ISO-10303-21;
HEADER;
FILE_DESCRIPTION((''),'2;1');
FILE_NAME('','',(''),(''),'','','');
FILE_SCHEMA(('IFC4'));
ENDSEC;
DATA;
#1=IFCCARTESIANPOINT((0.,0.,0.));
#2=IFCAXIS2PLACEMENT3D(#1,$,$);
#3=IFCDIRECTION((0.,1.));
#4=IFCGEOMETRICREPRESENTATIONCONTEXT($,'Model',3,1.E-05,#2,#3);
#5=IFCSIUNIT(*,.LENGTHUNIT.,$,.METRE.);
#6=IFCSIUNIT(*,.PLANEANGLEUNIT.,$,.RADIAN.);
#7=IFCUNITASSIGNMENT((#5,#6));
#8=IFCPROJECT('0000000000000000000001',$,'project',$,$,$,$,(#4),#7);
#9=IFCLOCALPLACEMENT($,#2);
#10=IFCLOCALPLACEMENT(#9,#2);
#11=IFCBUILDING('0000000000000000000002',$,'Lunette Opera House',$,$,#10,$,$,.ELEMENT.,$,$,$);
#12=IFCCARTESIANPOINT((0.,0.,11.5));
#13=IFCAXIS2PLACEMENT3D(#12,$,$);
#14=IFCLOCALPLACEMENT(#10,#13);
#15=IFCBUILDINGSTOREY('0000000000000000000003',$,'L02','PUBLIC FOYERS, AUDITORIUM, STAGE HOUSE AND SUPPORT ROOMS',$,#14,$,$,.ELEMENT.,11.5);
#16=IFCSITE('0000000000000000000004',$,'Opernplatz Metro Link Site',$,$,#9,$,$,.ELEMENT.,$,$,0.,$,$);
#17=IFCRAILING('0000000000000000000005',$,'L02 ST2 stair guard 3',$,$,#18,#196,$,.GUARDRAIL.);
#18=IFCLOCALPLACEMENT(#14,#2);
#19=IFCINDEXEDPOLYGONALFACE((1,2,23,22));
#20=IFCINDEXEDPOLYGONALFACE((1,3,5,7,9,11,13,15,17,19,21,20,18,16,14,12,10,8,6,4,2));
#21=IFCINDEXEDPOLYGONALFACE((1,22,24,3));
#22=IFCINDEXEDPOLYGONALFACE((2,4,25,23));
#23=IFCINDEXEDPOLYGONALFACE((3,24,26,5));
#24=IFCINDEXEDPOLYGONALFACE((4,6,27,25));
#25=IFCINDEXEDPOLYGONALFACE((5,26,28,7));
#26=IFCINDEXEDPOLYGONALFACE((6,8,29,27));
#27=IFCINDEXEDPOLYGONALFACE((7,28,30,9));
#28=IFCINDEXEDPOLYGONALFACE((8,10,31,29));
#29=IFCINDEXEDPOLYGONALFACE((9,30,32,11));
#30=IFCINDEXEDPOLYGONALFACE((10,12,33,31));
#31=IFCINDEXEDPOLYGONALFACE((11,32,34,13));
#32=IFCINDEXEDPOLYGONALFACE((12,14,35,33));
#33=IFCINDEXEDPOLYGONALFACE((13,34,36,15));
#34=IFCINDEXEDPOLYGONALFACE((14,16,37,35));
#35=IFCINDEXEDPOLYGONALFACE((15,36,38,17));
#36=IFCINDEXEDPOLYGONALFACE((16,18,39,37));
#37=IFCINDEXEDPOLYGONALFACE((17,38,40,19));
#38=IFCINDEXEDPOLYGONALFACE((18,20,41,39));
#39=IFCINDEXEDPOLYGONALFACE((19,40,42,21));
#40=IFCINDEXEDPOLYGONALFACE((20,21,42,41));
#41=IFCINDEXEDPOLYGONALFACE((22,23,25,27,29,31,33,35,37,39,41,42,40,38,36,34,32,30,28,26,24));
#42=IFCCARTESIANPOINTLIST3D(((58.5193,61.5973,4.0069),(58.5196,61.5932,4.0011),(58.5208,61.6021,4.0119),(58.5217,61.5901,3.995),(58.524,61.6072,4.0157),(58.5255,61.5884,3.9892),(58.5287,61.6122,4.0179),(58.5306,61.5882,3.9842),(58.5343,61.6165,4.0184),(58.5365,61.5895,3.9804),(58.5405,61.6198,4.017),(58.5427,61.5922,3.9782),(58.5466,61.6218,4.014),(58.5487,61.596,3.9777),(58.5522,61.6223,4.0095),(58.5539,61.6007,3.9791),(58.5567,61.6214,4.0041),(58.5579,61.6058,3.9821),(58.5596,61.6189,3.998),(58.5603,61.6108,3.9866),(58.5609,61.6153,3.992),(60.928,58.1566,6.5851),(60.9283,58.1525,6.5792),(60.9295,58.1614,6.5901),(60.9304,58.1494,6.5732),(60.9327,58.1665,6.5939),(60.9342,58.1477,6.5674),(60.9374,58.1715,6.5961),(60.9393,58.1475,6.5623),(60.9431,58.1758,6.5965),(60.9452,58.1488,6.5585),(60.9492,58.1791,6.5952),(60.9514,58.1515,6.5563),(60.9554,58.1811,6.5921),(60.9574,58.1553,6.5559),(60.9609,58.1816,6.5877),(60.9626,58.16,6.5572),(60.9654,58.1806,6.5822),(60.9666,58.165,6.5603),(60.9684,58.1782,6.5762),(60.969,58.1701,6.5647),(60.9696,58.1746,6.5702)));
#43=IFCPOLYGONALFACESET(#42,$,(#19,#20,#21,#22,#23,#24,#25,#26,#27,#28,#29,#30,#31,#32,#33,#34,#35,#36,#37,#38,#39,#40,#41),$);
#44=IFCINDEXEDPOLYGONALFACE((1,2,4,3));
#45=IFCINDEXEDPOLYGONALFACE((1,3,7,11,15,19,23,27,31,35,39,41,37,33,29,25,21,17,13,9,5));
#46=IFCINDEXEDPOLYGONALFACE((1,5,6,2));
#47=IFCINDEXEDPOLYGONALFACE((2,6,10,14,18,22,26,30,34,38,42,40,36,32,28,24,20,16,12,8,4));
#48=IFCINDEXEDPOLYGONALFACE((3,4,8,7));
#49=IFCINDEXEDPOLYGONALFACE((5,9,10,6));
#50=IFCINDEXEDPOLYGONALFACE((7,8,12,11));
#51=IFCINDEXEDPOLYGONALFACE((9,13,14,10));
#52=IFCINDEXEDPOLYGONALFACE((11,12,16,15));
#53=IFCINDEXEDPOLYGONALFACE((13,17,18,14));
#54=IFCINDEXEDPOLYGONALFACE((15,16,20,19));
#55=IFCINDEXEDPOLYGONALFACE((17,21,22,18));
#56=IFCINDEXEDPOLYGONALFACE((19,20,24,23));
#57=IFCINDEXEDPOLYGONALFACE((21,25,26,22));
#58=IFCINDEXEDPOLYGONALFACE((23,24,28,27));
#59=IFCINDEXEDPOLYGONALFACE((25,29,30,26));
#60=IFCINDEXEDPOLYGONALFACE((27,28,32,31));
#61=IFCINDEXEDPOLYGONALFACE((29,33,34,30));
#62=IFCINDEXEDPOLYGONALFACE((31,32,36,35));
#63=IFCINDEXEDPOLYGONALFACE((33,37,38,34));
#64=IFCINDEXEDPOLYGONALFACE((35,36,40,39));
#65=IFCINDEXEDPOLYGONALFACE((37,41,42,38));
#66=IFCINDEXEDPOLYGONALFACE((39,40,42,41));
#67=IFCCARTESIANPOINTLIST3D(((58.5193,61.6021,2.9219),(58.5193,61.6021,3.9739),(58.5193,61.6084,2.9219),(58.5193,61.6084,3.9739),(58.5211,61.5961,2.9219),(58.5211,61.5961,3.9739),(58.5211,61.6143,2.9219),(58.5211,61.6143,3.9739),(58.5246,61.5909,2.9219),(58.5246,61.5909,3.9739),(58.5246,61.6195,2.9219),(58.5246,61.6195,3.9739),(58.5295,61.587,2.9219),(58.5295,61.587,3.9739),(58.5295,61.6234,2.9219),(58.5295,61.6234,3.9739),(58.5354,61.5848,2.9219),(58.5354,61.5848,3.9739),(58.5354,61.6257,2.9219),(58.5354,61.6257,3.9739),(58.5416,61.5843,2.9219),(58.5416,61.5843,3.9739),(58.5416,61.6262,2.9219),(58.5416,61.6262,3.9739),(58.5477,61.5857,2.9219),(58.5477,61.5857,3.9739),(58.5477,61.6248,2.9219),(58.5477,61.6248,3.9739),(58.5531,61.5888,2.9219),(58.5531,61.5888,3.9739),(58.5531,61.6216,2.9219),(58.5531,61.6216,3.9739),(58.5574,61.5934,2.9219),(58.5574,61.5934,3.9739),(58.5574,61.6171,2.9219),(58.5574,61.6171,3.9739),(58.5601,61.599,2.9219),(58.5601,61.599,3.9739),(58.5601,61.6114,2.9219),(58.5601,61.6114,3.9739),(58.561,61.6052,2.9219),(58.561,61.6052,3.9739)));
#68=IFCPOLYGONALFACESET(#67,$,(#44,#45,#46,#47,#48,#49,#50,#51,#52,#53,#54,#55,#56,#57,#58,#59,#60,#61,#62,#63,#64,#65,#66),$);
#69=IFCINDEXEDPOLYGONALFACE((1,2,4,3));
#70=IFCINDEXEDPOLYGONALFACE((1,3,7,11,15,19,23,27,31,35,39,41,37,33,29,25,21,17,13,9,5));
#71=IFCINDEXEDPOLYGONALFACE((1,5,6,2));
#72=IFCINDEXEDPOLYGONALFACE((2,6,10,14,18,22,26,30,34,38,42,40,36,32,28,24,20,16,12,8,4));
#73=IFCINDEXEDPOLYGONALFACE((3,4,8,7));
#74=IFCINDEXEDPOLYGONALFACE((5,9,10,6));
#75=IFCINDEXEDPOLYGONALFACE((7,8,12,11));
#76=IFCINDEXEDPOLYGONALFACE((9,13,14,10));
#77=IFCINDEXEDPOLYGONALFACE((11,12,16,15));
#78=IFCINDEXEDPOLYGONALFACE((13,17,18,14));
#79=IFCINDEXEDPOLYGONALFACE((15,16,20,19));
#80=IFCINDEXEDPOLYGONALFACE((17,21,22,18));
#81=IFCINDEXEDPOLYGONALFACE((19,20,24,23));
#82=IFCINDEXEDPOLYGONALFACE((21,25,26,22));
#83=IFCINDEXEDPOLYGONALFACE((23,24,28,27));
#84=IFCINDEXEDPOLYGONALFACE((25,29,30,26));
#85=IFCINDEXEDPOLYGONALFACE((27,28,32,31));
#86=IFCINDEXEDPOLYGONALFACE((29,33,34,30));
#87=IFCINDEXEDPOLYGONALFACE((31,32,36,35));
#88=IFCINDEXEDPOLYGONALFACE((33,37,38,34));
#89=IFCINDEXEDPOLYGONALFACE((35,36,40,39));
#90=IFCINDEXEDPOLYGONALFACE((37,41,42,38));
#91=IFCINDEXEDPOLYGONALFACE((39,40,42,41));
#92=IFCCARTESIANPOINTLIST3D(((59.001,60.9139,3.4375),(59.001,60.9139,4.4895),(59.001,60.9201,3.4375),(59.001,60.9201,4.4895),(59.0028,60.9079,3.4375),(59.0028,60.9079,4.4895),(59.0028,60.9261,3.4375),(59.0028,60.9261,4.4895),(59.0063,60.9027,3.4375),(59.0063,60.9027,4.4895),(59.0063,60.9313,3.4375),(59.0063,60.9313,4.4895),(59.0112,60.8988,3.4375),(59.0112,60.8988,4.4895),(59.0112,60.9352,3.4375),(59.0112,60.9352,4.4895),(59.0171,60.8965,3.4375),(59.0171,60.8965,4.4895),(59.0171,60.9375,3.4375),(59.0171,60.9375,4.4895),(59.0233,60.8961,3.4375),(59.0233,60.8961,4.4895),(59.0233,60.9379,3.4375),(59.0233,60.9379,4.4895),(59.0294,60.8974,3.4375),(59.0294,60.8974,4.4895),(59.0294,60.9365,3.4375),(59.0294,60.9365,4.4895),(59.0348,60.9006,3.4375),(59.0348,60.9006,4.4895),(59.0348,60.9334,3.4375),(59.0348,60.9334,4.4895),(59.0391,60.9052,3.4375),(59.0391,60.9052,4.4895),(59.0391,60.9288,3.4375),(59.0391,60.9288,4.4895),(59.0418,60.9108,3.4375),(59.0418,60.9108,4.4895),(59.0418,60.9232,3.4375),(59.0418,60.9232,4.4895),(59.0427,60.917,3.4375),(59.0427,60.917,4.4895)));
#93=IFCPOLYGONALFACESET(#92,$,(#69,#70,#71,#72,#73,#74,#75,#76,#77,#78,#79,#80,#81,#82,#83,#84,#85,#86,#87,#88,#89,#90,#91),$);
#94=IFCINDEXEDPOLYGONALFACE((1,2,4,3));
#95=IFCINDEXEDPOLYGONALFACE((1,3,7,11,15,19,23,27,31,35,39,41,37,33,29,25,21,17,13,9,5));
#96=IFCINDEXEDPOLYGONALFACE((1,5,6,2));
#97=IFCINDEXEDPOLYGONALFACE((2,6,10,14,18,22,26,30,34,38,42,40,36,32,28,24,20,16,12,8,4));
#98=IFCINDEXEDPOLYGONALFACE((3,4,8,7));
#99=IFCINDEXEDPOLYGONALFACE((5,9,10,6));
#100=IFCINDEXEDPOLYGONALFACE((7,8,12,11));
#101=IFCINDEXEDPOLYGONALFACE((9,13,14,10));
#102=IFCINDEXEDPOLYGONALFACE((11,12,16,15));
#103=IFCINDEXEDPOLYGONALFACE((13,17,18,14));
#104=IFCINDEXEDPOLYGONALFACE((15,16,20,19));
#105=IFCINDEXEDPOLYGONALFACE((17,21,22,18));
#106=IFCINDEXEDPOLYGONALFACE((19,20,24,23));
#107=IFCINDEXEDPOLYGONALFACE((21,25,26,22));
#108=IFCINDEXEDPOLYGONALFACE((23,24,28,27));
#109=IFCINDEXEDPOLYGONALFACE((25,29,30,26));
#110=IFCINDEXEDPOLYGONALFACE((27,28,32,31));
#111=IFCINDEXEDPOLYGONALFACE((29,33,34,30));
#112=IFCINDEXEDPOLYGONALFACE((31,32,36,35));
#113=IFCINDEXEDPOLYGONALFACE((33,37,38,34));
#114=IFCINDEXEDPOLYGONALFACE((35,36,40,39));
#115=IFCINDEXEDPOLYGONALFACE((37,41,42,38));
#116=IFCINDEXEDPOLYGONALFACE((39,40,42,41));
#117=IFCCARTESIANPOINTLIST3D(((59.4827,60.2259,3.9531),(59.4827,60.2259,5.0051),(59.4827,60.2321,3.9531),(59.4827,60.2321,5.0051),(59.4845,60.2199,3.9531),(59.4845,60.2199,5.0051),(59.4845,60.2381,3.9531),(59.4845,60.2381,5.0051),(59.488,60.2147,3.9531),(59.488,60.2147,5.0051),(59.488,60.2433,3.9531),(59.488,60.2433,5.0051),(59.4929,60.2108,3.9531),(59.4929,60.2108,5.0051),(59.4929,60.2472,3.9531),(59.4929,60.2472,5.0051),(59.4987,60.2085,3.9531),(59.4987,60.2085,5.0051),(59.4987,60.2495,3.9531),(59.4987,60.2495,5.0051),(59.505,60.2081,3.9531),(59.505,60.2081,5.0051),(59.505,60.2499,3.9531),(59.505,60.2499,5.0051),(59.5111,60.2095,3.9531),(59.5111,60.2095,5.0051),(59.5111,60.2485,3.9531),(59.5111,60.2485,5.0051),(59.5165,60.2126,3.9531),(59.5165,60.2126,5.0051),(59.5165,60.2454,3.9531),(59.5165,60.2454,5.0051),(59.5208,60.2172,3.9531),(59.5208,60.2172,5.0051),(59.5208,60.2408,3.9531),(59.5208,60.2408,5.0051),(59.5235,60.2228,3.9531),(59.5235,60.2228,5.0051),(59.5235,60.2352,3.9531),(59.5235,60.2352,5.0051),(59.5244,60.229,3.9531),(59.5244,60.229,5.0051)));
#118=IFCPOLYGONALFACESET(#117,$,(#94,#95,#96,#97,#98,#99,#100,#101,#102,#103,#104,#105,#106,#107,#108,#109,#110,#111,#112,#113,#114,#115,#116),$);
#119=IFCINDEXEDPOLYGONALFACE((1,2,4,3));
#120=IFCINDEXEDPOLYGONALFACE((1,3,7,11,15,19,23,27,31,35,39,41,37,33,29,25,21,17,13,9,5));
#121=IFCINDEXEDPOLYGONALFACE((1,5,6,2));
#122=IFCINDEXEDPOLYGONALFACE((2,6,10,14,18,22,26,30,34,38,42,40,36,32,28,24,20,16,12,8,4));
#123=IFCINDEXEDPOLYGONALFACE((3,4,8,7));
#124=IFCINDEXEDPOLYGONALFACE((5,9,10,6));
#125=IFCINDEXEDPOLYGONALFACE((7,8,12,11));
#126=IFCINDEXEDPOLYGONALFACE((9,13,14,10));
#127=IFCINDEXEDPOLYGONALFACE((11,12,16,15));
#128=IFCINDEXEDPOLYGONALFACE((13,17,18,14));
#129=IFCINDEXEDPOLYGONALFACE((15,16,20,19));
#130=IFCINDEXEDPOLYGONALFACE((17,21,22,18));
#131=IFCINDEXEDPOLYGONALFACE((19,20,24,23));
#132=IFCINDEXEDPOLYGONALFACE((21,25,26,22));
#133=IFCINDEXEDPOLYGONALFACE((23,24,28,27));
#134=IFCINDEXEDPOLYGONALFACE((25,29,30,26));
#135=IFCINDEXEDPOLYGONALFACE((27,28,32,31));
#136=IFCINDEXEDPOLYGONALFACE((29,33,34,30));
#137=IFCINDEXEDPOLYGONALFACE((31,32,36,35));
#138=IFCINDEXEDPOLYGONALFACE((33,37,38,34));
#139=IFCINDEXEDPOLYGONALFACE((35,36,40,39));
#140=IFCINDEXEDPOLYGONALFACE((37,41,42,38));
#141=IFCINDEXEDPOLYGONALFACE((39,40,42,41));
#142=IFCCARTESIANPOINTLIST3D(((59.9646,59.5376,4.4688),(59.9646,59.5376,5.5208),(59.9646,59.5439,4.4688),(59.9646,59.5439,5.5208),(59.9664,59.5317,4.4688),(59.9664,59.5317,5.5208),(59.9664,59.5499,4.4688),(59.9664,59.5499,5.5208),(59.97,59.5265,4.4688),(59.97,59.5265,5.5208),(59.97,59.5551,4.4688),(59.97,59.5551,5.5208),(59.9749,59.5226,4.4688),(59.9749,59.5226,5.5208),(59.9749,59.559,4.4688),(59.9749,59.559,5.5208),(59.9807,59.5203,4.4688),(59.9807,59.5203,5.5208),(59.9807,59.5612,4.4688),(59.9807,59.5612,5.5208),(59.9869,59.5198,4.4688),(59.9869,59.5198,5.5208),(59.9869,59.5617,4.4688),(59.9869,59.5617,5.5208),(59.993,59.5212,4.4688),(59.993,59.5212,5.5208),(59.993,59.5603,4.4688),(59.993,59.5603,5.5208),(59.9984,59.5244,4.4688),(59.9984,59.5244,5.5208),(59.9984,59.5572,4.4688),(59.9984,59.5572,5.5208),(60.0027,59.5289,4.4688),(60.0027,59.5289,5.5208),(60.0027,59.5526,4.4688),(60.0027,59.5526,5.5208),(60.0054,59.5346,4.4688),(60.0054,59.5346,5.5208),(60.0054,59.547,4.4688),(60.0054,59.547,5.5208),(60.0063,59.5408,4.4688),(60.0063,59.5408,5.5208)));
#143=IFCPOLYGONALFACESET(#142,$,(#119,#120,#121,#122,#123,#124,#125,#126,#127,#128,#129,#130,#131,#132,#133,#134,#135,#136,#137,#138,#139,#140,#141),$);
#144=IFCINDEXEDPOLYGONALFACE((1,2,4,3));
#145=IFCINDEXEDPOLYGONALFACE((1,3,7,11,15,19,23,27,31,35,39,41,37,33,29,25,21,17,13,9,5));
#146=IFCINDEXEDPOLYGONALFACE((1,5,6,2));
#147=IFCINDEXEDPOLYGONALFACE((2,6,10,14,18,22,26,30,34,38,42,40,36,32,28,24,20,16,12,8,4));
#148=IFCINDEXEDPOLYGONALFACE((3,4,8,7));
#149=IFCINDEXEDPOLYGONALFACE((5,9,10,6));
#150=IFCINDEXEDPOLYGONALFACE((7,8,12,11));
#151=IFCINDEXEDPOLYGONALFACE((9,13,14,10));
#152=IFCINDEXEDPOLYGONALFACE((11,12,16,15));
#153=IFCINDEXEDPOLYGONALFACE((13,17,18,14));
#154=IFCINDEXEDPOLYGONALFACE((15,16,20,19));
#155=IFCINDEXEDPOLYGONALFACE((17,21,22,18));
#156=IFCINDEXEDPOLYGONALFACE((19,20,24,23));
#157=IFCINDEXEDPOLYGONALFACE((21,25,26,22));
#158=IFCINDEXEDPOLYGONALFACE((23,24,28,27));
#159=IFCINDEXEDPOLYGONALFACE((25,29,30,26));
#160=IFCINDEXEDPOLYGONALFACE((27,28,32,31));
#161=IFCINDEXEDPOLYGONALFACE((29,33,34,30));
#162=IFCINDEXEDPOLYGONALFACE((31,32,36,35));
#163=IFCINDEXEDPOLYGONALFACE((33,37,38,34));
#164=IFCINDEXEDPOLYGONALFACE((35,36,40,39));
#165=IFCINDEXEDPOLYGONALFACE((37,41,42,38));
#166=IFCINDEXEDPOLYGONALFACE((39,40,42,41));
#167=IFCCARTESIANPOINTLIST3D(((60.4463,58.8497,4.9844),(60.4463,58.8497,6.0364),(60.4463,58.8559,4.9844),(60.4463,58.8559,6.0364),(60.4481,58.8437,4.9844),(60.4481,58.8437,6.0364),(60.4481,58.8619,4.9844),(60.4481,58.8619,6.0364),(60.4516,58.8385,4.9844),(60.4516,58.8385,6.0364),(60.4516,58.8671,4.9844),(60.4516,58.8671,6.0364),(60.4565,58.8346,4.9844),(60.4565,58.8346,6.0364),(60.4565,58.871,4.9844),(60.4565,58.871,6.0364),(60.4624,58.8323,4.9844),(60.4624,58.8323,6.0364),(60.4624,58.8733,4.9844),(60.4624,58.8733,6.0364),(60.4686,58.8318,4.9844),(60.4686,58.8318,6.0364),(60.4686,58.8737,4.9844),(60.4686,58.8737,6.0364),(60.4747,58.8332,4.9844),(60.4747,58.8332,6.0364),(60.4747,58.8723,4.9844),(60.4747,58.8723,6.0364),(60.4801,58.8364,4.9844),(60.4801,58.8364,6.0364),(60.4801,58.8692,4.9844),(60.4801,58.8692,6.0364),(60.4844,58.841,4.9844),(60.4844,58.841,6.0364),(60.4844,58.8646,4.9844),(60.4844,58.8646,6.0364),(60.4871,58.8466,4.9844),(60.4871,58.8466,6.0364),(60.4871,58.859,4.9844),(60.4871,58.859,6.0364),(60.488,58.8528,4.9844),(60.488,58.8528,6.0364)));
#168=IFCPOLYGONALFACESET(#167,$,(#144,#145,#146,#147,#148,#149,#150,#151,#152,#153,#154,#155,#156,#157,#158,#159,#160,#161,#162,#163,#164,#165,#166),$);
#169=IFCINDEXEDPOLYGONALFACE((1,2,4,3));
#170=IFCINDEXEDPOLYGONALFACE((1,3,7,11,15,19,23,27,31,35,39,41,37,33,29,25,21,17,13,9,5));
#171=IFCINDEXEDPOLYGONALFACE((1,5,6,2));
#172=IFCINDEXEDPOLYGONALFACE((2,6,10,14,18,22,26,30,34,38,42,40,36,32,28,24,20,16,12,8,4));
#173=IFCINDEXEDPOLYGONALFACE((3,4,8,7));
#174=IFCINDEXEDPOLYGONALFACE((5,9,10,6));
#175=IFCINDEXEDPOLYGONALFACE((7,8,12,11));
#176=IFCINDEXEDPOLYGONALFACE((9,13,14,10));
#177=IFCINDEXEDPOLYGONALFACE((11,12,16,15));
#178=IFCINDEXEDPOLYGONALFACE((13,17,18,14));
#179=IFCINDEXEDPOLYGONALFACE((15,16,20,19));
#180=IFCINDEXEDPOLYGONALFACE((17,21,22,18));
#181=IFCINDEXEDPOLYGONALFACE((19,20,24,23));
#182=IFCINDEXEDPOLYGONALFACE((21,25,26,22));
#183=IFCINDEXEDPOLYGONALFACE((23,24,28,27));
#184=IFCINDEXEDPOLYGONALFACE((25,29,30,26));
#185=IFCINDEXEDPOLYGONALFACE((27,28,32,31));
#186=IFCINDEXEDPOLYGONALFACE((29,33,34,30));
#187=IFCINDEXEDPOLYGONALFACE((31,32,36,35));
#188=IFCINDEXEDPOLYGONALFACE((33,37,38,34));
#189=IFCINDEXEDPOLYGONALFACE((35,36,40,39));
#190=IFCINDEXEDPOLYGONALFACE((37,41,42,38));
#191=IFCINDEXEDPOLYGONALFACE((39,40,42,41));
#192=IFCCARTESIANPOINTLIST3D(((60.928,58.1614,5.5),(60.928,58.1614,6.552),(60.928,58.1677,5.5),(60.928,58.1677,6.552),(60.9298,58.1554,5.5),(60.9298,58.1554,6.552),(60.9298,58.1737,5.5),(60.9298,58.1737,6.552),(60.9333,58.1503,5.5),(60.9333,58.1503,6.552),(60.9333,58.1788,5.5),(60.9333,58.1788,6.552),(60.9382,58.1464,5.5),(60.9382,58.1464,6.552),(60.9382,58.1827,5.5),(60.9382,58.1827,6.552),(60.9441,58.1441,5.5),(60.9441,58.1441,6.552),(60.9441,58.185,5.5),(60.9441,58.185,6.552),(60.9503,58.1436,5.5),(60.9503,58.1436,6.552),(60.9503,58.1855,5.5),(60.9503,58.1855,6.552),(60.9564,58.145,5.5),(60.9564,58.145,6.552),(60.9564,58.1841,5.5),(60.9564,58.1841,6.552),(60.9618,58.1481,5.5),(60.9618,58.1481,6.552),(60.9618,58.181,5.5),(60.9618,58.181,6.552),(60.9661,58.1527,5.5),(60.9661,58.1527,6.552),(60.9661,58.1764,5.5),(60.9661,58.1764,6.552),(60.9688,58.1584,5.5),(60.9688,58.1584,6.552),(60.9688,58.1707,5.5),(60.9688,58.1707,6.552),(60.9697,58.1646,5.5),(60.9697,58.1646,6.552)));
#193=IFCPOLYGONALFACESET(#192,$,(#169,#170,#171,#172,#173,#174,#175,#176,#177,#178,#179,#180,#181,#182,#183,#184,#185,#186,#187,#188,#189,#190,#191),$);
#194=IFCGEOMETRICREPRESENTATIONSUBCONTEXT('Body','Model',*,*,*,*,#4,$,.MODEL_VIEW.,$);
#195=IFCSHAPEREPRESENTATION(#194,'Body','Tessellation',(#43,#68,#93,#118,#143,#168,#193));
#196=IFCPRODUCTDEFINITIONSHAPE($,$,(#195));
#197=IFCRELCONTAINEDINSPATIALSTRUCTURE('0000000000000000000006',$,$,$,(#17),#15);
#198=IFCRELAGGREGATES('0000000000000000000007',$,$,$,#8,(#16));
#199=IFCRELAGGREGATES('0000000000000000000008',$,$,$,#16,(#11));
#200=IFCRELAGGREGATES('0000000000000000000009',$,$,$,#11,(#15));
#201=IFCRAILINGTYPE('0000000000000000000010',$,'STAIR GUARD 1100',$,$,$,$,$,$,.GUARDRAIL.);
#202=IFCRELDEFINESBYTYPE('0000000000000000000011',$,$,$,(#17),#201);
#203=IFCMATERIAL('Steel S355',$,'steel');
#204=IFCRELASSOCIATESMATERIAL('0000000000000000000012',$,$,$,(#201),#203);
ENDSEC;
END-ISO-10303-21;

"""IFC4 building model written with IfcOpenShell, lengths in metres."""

from ifc_helpers import new_model, si_unit, direction, frame, origin, origin_2d, place, context, subcontext, project, spatial, circle, extrude, material, type_object, element, save


model = new_model("IFC4")

# Units and contexts
model_context = context("Model", 3, precision=1e-05, world=origin(), true_north=direction((0.0, 1.0)))
body_context = subcontext(model_context, "Body", "Model", "MODEL_VIEW")
ifc_project = project(units=[si_unit("LENGTHUNIT", "METRE"), si_unit("PLANEANGLEUNIT", "RADIAN")], contexts=[model_context])

# Site, building, storey
site_placement = place(None, origin())
site = spatial("IfcSite", under=ifc_project, at=site_placement, Name="Opernplatz Metro Link Site", CompositionType="ELEMENT", RefElevation=0.0)
building_placement = place(site_placement, origin())
building = spatial("IfcBuilding", under=site, at=building_placement, Name="Lunette Opera House", CompositionType="ELEMENT")
storey_placement = place(building_placement, frame((0.0, 0.0, 11.5)))
storey = spatial("IfcBuildingStorey", under=building, at=storey_placement, Name="L02", Description="PUBLIC FOYERS, AUDITORIUM, STAGE HOUSE AND SUPPORT ROOMS", CompositionType="ELEMENT", Elevation=11.5)

# Railing
ifc_material_1 = material(Name="Steel S355", Category="steel")
railing_type_1 = type_object("IfcRailingType", Name="STAIR GUARD 1100", PredefinedType="GUARDRAIL", material=ifc_material_1)
railing_1_placement = place(storey_placement, frame((58.54, 61.6052, 2.9219)))
element("IfcRailing", 1, at=railing_1_placement, inside=storey, type_object=railing_type_1, Name="L02 ST2 stair guard 3", PredefinedType="GUARDRAIL", context=body_context, shape_type="SweptSolid", body=[
    extrude(circle(Radius=0.0239, at=origin_2d()), frame((0.0, 0.0, 1.0762), z_axis=(0.488761, -0.698166, 0.523142), x_axis=(0.819207, 0.573497, 0.0)), (0.0, 0.0, 1.0), 4.9282),
    extrude(circle(Radius=0.021, at=origin_2d()), origin(), (0.0, 0.0, 1.0), 1.052),
    extrude(circle(Radius=0.021, at=origin_2d()), frame((0.4817, -0.6882, 0.5156)), (0.0, 0.0, 1.0), 1.052),
    extrude(circle(Radius=0.021, at=origin_2d()), frame((0.9634, -1.3762, 1.0312)), (0.0, 0.0, 1.0), 1.052),
    extrude(circle(Radius=0.021, at=origin_2d()), frame((1.4453, -2.0645, 1.5469)), (0.0, 0.0, 1.0), 1.052),
    extrude(circle(Radius=0.021, at=origin_2d()), frame((1.927, -2.7524, 2.0625)), (0.0, 0.0, 1.0), 1.052),
    extrude(circle(Radius=0.021, at=origin_2d()), frame((2.4087, -3.4407, 2.5781)), (0.0, 0.0, 1.0), 1.052),
])

save(model, "model.ifc")
